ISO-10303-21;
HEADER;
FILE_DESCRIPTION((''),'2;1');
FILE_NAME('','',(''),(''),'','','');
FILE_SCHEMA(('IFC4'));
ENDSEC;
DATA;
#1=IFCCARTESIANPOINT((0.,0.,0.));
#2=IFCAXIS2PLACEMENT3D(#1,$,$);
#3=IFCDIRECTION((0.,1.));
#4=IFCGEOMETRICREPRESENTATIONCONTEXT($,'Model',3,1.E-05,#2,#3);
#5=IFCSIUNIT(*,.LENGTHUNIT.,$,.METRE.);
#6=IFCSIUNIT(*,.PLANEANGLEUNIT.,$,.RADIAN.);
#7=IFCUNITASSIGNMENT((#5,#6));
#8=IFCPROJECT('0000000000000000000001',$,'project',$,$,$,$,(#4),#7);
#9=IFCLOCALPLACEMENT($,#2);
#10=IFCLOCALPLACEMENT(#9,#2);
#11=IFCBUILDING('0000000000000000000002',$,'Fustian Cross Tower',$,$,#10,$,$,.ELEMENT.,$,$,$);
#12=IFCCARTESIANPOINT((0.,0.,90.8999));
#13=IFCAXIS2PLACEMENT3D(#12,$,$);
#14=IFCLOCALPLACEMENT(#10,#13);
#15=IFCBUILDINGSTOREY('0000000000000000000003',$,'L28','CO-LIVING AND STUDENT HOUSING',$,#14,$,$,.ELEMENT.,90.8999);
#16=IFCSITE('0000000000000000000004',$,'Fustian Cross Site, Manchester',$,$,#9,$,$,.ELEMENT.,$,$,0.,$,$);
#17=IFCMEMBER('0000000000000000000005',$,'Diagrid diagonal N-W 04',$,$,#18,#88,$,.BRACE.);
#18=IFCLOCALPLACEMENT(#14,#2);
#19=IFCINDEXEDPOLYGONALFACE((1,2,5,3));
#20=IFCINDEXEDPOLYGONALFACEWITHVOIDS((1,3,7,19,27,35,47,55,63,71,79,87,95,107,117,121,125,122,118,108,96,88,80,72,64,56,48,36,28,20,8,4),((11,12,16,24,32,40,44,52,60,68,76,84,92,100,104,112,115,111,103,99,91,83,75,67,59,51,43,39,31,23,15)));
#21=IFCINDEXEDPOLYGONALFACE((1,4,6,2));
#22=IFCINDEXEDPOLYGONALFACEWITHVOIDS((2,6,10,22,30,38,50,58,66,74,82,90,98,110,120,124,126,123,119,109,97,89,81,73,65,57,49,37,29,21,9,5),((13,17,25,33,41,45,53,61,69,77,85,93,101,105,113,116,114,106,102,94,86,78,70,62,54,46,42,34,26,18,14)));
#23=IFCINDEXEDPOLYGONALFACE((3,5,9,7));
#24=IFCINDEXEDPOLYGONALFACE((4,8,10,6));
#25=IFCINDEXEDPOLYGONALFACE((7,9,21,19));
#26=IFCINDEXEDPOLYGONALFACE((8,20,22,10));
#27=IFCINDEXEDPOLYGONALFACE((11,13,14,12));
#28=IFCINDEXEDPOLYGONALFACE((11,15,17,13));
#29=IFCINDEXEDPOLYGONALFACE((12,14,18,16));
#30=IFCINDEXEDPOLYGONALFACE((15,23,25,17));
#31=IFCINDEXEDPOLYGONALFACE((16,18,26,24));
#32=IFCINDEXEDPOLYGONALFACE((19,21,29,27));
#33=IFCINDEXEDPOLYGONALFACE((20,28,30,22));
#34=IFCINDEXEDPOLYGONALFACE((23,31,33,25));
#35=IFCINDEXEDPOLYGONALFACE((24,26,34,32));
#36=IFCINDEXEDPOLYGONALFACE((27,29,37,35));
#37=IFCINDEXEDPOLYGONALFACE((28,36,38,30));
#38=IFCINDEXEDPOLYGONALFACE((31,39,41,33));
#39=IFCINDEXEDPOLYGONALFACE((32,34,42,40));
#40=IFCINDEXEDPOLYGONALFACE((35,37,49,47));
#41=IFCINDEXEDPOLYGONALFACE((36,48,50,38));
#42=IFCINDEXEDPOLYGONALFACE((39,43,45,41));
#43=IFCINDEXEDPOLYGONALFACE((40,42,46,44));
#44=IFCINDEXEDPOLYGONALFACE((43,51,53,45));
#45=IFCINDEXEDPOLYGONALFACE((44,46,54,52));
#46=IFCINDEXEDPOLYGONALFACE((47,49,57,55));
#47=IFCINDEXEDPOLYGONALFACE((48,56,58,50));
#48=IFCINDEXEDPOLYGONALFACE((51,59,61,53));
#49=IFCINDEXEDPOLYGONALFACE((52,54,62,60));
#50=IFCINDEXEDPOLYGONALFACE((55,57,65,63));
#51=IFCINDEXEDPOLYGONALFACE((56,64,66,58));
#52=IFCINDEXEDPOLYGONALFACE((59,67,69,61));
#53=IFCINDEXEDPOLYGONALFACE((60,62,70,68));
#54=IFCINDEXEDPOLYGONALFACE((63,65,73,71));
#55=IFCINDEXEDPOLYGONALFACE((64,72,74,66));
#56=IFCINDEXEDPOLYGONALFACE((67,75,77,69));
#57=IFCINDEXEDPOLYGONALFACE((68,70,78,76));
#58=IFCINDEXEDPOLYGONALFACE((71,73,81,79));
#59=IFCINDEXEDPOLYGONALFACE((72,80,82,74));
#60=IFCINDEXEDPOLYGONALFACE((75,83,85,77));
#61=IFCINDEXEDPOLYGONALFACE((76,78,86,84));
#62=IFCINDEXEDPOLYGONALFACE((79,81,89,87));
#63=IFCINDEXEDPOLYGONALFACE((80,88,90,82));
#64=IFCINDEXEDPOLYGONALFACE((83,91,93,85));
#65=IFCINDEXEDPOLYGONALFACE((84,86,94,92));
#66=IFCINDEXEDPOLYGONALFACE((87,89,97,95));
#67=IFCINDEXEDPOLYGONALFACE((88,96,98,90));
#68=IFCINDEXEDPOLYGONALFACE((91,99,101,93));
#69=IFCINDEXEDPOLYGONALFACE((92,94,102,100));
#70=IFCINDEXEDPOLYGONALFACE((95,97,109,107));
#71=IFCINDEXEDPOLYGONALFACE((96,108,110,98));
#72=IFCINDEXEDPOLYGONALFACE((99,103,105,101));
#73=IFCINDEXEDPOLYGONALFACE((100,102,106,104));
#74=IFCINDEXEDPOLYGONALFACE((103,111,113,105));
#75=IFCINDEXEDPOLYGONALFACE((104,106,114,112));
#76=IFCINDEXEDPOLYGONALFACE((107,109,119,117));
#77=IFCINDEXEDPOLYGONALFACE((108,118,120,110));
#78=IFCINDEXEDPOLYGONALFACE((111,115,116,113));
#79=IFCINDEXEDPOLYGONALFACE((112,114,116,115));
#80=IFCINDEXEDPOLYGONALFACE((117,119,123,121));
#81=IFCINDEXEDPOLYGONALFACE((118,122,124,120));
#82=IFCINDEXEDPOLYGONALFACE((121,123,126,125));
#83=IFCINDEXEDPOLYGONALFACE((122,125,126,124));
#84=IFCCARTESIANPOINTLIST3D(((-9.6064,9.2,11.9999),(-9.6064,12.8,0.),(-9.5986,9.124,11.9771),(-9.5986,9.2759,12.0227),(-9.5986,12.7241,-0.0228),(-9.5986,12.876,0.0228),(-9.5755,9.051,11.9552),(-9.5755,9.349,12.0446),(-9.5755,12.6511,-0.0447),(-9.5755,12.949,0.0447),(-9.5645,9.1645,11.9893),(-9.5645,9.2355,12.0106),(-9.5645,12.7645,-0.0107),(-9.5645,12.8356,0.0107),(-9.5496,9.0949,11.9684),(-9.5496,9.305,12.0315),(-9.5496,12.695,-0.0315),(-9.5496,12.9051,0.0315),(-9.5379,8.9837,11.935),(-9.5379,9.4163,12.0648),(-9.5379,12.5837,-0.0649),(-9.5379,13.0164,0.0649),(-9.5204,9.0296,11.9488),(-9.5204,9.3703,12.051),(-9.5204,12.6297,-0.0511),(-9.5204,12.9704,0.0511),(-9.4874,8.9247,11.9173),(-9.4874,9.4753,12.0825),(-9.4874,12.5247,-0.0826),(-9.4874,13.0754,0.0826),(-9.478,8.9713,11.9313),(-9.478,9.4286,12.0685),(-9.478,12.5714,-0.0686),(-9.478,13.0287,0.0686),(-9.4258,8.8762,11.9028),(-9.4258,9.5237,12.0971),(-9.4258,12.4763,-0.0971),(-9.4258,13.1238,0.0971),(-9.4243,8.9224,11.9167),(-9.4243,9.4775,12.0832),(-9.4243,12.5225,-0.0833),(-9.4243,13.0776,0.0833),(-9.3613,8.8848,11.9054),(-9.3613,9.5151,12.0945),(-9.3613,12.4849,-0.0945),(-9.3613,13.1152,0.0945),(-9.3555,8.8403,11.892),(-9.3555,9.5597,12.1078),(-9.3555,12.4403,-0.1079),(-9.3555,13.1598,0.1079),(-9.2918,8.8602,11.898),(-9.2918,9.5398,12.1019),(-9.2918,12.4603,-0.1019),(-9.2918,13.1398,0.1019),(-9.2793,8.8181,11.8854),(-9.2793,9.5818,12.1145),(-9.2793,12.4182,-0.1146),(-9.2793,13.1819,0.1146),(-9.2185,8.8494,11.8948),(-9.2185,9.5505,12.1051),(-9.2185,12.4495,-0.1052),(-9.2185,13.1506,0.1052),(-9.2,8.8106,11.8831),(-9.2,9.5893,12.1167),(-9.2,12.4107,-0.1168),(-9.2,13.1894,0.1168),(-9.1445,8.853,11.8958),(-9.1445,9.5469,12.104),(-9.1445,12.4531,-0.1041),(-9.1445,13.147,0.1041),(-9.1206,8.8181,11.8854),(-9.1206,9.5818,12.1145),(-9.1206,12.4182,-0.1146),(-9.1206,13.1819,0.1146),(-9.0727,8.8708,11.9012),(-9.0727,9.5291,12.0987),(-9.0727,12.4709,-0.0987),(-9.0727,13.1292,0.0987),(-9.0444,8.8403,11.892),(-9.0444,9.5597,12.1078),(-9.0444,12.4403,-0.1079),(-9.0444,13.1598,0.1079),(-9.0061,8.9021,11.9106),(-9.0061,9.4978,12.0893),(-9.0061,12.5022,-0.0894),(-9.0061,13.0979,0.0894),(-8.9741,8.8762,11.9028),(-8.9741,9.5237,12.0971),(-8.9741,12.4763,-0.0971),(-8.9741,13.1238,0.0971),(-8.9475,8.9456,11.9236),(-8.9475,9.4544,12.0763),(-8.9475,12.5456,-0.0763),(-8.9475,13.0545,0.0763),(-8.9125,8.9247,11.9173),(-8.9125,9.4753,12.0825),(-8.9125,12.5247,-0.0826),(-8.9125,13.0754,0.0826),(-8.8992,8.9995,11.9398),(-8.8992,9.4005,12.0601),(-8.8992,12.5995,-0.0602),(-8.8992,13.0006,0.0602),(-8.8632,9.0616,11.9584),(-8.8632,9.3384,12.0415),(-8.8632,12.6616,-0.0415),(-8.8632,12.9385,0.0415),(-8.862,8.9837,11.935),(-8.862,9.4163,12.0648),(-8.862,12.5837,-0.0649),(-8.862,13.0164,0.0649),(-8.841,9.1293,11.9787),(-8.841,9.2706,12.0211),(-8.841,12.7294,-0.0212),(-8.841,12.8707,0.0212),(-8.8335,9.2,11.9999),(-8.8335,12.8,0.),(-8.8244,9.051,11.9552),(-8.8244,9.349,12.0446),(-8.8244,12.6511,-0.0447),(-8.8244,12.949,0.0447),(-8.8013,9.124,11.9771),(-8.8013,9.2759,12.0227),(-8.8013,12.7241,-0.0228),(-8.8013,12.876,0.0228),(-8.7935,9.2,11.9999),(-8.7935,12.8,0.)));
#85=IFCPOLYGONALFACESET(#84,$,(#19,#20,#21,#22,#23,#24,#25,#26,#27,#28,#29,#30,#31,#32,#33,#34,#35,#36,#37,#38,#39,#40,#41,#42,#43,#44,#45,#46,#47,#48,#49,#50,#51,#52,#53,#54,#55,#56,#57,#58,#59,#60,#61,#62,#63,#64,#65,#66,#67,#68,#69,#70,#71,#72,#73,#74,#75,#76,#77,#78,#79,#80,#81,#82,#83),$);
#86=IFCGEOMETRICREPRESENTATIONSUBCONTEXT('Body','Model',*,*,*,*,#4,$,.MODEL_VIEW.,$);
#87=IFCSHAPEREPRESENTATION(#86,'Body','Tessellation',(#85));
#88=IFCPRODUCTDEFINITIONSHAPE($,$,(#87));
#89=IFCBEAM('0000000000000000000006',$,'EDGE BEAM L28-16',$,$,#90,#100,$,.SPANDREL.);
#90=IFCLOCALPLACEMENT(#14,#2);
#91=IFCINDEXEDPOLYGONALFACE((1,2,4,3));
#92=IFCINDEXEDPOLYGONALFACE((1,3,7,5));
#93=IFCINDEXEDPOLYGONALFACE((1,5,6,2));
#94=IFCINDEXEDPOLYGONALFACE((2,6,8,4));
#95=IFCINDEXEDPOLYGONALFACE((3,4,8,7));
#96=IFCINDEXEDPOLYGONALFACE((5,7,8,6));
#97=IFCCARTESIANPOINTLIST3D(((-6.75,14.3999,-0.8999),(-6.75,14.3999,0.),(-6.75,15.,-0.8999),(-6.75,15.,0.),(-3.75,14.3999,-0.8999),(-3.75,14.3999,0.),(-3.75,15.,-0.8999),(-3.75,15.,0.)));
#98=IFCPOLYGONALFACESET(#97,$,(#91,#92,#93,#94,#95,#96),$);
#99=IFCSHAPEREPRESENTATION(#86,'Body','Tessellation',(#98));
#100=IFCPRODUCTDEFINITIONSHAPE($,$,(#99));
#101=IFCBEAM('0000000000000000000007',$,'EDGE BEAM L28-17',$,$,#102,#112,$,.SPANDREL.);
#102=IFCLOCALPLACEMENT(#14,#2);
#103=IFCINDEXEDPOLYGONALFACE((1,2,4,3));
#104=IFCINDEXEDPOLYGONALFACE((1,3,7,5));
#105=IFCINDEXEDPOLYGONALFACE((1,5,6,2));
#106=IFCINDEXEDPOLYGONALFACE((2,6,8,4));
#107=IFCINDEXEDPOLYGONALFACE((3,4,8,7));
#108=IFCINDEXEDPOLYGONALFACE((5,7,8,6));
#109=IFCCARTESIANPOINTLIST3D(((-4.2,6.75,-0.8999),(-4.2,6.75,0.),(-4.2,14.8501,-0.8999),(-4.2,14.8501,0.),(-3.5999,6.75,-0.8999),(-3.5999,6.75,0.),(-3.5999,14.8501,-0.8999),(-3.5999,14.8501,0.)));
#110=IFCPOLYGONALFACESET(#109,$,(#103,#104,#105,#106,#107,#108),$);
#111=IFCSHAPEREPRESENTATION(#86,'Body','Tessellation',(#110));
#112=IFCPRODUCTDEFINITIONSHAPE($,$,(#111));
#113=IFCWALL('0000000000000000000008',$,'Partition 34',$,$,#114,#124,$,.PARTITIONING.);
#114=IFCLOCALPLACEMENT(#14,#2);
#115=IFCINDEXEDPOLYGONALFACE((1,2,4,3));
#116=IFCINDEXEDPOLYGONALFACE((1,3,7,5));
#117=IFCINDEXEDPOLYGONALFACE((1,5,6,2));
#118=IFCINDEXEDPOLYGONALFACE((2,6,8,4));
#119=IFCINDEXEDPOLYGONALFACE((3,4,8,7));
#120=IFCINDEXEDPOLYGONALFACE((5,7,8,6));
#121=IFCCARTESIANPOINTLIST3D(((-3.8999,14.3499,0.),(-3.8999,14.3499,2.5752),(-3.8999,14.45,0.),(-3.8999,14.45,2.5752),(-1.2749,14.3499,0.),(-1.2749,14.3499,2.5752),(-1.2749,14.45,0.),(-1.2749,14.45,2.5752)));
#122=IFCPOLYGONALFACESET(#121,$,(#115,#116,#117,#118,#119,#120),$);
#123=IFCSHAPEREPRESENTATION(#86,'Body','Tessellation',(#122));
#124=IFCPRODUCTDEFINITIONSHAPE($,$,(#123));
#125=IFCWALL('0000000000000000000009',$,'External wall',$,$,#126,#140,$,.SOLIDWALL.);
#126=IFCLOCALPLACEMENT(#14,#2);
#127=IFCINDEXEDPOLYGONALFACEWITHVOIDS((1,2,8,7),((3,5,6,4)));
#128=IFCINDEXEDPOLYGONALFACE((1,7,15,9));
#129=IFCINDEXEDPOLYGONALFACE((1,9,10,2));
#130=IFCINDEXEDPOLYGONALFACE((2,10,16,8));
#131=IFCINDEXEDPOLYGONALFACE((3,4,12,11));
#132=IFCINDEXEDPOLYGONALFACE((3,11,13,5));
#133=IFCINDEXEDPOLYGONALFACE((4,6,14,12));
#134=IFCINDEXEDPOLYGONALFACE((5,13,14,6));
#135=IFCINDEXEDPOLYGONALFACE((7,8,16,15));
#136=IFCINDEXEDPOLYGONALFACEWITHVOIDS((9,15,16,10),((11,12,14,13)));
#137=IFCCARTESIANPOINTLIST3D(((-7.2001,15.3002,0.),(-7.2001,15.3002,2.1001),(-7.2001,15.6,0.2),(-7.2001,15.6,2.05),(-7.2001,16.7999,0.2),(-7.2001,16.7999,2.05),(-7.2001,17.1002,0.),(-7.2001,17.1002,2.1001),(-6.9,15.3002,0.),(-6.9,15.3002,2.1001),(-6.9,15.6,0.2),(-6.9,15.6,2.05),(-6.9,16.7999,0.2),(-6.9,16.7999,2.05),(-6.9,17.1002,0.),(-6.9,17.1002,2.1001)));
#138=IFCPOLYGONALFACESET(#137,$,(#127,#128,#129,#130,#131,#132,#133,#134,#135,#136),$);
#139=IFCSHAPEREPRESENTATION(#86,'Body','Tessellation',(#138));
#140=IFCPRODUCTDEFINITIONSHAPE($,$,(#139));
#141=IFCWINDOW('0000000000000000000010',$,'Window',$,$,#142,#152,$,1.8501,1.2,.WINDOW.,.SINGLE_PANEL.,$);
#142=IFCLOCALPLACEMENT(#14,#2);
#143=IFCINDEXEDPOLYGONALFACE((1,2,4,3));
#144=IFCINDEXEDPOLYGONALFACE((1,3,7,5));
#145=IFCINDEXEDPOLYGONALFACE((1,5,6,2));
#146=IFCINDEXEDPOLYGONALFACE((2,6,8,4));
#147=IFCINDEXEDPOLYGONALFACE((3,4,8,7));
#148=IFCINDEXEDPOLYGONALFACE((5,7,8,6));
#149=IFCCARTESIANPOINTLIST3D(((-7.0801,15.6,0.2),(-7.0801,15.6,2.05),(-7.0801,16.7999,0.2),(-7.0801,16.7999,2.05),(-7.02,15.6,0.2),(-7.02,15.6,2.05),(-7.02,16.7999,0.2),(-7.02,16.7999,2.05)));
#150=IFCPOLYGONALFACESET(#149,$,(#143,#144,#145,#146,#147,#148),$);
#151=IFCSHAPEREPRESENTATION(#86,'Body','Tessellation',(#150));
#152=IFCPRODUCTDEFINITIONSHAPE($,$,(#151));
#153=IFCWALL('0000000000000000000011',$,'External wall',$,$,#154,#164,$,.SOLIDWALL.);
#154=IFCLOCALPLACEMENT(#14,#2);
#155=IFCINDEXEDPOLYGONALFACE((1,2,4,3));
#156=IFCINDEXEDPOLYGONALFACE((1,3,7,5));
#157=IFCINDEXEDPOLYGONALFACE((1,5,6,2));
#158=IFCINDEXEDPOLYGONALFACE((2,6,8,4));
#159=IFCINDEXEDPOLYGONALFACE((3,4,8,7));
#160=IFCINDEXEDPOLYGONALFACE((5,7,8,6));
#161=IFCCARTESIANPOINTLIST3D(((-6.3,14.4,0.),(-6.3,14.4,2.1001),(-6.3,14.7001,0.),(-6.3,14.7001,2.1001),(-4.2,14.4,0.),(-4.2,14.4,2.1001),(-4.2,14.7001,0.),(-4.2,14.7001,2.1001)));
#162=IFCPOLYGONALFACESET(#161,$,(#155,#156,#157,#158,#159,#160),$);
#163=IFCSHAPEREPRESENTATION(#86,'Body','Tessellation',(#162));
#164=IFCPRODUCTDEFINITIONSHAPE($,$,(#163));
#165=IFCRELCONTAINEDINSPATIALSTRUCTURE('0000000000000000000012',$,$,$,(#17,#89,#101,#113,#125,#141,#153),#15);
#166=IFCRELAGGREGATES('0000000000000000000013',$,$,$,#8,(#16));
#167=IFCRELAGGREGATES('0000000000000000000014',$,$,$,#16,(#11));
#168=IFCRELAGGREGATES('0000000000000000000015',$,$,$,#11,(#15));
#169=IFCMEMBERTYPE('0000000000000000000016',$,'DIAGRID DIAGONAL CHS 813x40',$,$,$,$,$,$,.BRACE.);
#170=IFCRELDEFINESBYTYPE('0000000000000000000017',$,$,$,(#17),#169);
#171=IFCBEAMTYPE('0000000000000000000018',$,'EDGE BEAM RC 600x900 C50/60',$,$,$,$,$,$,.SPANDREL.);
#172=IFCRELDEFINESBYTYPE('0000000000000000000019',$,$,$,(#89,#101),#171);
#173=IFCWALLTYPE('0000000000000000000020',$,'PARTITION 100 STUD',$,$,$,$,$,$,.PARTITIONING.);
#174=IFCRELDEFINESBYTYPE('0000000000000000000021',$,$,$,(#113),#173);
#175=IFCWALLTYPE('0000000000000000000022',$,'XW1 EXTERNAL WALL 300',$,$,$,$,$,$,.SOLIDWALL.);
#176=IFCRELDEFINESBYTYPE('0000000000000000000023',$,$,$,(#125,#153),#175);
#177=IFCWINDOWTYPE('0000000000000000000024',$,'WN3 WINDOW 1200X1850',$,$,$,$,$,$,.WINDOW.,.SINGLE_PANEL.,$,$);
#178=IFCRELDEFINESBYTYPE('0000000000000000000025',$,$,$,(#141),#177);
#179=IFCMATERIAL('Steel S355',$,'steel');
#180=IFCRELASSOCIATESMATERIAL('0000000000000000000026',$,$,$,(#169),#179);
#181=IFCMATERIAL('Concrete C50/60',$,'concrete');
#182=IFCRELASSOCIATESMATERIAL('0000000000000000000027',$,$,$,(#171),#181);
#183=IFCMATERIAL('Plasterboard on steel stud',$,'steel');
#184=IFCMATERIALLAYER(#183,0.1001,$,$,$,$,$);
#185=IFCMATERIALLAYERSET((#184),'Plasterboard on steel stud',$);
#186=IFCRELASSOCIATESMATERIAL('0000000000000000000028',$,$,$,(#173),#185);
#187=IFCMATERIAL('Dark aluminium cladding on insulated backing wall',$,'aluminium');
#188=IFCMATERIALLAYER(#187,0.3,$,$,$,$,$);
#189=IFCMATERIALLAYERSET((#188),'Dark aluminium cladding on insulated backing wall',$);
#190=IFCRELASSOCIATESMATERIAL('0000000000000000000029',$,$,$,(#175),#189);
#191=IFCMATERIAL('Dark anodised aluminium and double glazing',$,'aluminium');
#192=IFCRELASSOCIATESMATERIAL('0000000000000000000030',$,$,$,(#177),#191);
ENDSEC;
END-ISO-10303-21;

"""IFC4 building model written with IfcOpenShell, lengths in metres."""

from ifc_helpers import new_model, si_unit, direction, frame, frame_2d, origin, origin_2d, place, context, subcontext, project, spatial, rectangle, hollow_circle, extrude, material, layer, layer_set, material_profile, profile_set, type_object, element, fill, save


model = new_model("IFC4")

# Units and contexts
model_context = context("Model", 3, precision=1e-05, world=origin(), true_north=direction((0.0, 1.0)))
body_context = subcontext(model_context, "Body", "Model", "MODEL_VIEW")
ifc_project = project(units=[si_unit("LENGTHUNIT", "METRE"), si_unit("PLANEANGLEUNIT", "RADIAN")], contexts=[model_context])

# Site, building, storey
site_placement = place(None, origin())
site = spatial("IfcSite", under=ifc_project, at=site_placement, Name="Fustian Cross Site, Manchester", CompositionType="ELEMENT", RefElevation=0.0)
building_placement = place(site_placement, origin())
building = spatial("IfcBuilding", under=site, at=building_placement, Name="Fustian Cross Tower", CompositionType="ELEMENT")
storey_placement = place(building_placement, frame((0.0, 0.0, 90.8999)))
storey = spatial("IfcBuildingStorey", under=building, at=storey_placement, Name="L28", Description="CO-LIVING AND STUDENT HOUSING", CompositionType="ELEMENT", Elevation=90.8999)

# Member
ifc_material_1 = material(Name="Steel S355", Category="steel")
ifc_material_profile_1 = material_profile(ifc_material_1, hollow_circle(Radius=0.4065, WallThickness=0.04, at=origin_2d()), Name="CHS 813x40")
ifc_profile_set_1 = profile_set([ifc_material_profile_1], Name="Steel S355")
member_type_1 = type_object("IfcMemberType", Name="DIAGRID DIAGONAL CHS 813x40", PredefinedType="BRACE", material=ifc_profile_set_1)
member_placement = place(storey_placement, frame((-9.2, 12.8, 0.0), z_axis=(0.0, -0.287355, 0.957824), x_axis=(1.0, 0.0, 0.0)))
element("IfcMember", 1, at=member_placement, inside=storey, type_object=member_type_1, Name="Diagrid diagonal N-W 04", PredefinedType="BRACE", context=body_context, shape_type="SweptSolid", body=[
    extrude(hollow_circle(Radius=0.4065, WallThickness=0.04, at=origin_2d()), origin(), (0.0, 0.0, 1.0), 12.5283),
])

# Beams
ifc_material_2 = material(Name="Concrete C50/60", Category="concrete")
ifc_material_profile_2 = material_profile(ifc_material_2, rectangle(XDim=0.6001, YDim=0.8999, at=origin_2d()), Name="RC 600x900")
ifc_profile_set_2 = profile_set([ifc_material_profile_2], Name="Concrete C50/60")
beam_type = type_object("IfcBeamType", Name="EDGE BEAM RC 600x900 C50/60", PredefinedType="SPANDREL", material=ifc_profile_set_2)
beam_1_placement = place(storey_placement, frame((-6.75, 14.7, -0.45), z_axis=(1.0, 0.0, 0.0), x_axis=(0.0, 1.0, 0.0)))
element("IfcBeam", 2, at=beam_1_placement, inside=storey, type_object=beam_type, Name="EDGE BEAM L28-16", PredefinedType="SPANDREL", context=body_context, shape_type="SweptSolid", body=[
    extrude(rectangle(XDim=0.6001, YDim=0.8999, at=origin_2d()), origin(), (0.0, 0.0, 1.0), 3.0),
])
beam_2_placement = place(storey_placement, frame((-3.8999, 14.8501, -0.45), z_axis=(0.0, -1.0, 0.0), x_axis=(1.0, 0.0, 0.0)))
element("IfcBeam", 3, at=beam_2_placement, inside=storey, type_object=beam_type, Name="EDGE BEAM L28-17", PredefinedType="SPANDREL", context=body_context, shape_type="SweptSolid", body=[
    extrude(rectangle(XDim=0.6001, YDim=0.8999, at=origin_2d()), origin(), (0.0, 0.0, 1.0), 8.1001),
])

# Wall
ifc_material_3 = material(Name="Plasterboard on steel stud", Category="steel")
ifc_layer_1 = layer(ifc_material_3, 0.1001)
ifc_layer_set_1 = layer_set([ifc_layer_1], Name="Plasterboard on steel stud")
wall_type_1 = type_object("IfcWallType", Name="PARTITION 100 STUD", PredefinedType="PARTITIONING", material=ifc_layer_set_1)
wall_1_placement = place(storey_placement, frame((-3.8999, 14.3999, 0.0), z_axis=(0.0, 0.0, 1.0), x_axis=(1.0, 0.0, 0.0)))
element("IfcWall", 4, at=wall_1_placement, inside=storey, type_object=wall_type_1, Name="Partition 34", PredefinedType="PARTITIONING", context=body_context, shape_type="SweptSolid", body=[
    extrude(rectangle(XDim=2.625, YDim=0.1001, at=frame_2d((1.3125, 0.0))), origin(), (0.0, 0.0, 1.0), 2.5752),
])

# Wall, opening, window
ifc_material_4 = material(Name="Dark aluminium cladding on insulated backing wall", Category="aluminium")
ifc_layer_2 = layer(ifc_material_4, 0.3)
ifc_layer_set_2 = layer_set([ifc_layer_2], Name="Dark aluminium cladding on insulated backing wall")
wall_type_2 = type_object("IfcWallType", Name="XW1 EXTERNAL WALL 300", PredefinedType="SOLIDWALL", material=ifc_layer_set_2)
wall_2_placement = place(storey_placement, frame((-7.05, 17.1001, 0.0), z_axis=(0.0, 0.0, 1.0), x_axis=(0.0, -1.0, 0.0)))
wall_2 = element("IfcWall", 5, at=wall_2_placement, inside=storey, type_object=wall_type_2, Name="External wall", PredefinedType="SOLIDWALL", context=body_context, shape_type="SweptSolid", body=[
    extrude(rectangle(XDim=1.8, YDim=0.3, at=frame_2d((0.8999, 0.0))), origin(), (0.0, 0.0, 1.0), 2.1001),
])
opening_1_placement = place(wall_2_placement, frame((0.3, 0.0, 0.2)))
opening_1 = element("IfcOpeningElement", 6, at=opening_1_placement, cuts=wall_2, PredefinedType="OPENING", context=body_context, shape_type="SweptSolid", body=[
    extrude(rectangle(XDim=1.2, YDim=1.8501, at=frame_2d((0.6001, 0.925))), frame((0.0, 0.1599, 0.0), z_axis=(0.0, -1.0, 0.0), x_axis=(1.0, 0.0, 0.0)), (0.0, 0.0, 1.0), 0.3201),
])
ifc_material_5 = material(Name="Dark anodised aluminium and double glazing", Category="aluminium")
window_type_1 = type_object("IfcWindowType", Name="WN3 WINDOW 1200X1850", PartitioningType="SINGLE_PANEL", PredefinedType="WINDOW", material=ifc_material_5)
window_1_placement = place(opening_1_placement, origin())
window_1 = element("IfcWindow", 7, at=window_1_placement, inside=storey, type_object=window_type_1, Name="Window", OverallHeight=1.8501, OverallWidth=1.2, PartitioningType="SINGLE_PANEL", PredefinedType="WINDOW", context=body_context, shape_type="SweptSolid", body=[
    extrude(rectangle(XDim=1.2, YDim=1.8501, at=frame_2d((0.6001, 0.925))), frame((0.0, 0.03, 0.0), z_axis=(0.0, -1.0, 0.0), x_axis=(1.0, 0.0, 0.0)), (0.0, 0.0, 1.0), 0.0601),
])
fill(opening_1, window_1)

# Wall
wall_3_placement = place(storey_placement, frame((-6.3, 14.55, 0.0), z_axis=(0.0, 0.0, 1.0), x_axis=(1.0, 0.0, 0.0)))
element("IfcWall", 8, at=wall_3_placement, inside=storey, type_object=wall_type_2, Name="External wall", PredefinedType="SOLIDWALL", context=body_context, shape_type="SweptSolid", body=[
    extrude(rectangle(XDim=2.1001, YDim=0.3, at=frame_2d((1.05, 0.0))), origin(), (0.0, 0.0, 1.0), 2.1001),
])

save(model, "model.ifc")
